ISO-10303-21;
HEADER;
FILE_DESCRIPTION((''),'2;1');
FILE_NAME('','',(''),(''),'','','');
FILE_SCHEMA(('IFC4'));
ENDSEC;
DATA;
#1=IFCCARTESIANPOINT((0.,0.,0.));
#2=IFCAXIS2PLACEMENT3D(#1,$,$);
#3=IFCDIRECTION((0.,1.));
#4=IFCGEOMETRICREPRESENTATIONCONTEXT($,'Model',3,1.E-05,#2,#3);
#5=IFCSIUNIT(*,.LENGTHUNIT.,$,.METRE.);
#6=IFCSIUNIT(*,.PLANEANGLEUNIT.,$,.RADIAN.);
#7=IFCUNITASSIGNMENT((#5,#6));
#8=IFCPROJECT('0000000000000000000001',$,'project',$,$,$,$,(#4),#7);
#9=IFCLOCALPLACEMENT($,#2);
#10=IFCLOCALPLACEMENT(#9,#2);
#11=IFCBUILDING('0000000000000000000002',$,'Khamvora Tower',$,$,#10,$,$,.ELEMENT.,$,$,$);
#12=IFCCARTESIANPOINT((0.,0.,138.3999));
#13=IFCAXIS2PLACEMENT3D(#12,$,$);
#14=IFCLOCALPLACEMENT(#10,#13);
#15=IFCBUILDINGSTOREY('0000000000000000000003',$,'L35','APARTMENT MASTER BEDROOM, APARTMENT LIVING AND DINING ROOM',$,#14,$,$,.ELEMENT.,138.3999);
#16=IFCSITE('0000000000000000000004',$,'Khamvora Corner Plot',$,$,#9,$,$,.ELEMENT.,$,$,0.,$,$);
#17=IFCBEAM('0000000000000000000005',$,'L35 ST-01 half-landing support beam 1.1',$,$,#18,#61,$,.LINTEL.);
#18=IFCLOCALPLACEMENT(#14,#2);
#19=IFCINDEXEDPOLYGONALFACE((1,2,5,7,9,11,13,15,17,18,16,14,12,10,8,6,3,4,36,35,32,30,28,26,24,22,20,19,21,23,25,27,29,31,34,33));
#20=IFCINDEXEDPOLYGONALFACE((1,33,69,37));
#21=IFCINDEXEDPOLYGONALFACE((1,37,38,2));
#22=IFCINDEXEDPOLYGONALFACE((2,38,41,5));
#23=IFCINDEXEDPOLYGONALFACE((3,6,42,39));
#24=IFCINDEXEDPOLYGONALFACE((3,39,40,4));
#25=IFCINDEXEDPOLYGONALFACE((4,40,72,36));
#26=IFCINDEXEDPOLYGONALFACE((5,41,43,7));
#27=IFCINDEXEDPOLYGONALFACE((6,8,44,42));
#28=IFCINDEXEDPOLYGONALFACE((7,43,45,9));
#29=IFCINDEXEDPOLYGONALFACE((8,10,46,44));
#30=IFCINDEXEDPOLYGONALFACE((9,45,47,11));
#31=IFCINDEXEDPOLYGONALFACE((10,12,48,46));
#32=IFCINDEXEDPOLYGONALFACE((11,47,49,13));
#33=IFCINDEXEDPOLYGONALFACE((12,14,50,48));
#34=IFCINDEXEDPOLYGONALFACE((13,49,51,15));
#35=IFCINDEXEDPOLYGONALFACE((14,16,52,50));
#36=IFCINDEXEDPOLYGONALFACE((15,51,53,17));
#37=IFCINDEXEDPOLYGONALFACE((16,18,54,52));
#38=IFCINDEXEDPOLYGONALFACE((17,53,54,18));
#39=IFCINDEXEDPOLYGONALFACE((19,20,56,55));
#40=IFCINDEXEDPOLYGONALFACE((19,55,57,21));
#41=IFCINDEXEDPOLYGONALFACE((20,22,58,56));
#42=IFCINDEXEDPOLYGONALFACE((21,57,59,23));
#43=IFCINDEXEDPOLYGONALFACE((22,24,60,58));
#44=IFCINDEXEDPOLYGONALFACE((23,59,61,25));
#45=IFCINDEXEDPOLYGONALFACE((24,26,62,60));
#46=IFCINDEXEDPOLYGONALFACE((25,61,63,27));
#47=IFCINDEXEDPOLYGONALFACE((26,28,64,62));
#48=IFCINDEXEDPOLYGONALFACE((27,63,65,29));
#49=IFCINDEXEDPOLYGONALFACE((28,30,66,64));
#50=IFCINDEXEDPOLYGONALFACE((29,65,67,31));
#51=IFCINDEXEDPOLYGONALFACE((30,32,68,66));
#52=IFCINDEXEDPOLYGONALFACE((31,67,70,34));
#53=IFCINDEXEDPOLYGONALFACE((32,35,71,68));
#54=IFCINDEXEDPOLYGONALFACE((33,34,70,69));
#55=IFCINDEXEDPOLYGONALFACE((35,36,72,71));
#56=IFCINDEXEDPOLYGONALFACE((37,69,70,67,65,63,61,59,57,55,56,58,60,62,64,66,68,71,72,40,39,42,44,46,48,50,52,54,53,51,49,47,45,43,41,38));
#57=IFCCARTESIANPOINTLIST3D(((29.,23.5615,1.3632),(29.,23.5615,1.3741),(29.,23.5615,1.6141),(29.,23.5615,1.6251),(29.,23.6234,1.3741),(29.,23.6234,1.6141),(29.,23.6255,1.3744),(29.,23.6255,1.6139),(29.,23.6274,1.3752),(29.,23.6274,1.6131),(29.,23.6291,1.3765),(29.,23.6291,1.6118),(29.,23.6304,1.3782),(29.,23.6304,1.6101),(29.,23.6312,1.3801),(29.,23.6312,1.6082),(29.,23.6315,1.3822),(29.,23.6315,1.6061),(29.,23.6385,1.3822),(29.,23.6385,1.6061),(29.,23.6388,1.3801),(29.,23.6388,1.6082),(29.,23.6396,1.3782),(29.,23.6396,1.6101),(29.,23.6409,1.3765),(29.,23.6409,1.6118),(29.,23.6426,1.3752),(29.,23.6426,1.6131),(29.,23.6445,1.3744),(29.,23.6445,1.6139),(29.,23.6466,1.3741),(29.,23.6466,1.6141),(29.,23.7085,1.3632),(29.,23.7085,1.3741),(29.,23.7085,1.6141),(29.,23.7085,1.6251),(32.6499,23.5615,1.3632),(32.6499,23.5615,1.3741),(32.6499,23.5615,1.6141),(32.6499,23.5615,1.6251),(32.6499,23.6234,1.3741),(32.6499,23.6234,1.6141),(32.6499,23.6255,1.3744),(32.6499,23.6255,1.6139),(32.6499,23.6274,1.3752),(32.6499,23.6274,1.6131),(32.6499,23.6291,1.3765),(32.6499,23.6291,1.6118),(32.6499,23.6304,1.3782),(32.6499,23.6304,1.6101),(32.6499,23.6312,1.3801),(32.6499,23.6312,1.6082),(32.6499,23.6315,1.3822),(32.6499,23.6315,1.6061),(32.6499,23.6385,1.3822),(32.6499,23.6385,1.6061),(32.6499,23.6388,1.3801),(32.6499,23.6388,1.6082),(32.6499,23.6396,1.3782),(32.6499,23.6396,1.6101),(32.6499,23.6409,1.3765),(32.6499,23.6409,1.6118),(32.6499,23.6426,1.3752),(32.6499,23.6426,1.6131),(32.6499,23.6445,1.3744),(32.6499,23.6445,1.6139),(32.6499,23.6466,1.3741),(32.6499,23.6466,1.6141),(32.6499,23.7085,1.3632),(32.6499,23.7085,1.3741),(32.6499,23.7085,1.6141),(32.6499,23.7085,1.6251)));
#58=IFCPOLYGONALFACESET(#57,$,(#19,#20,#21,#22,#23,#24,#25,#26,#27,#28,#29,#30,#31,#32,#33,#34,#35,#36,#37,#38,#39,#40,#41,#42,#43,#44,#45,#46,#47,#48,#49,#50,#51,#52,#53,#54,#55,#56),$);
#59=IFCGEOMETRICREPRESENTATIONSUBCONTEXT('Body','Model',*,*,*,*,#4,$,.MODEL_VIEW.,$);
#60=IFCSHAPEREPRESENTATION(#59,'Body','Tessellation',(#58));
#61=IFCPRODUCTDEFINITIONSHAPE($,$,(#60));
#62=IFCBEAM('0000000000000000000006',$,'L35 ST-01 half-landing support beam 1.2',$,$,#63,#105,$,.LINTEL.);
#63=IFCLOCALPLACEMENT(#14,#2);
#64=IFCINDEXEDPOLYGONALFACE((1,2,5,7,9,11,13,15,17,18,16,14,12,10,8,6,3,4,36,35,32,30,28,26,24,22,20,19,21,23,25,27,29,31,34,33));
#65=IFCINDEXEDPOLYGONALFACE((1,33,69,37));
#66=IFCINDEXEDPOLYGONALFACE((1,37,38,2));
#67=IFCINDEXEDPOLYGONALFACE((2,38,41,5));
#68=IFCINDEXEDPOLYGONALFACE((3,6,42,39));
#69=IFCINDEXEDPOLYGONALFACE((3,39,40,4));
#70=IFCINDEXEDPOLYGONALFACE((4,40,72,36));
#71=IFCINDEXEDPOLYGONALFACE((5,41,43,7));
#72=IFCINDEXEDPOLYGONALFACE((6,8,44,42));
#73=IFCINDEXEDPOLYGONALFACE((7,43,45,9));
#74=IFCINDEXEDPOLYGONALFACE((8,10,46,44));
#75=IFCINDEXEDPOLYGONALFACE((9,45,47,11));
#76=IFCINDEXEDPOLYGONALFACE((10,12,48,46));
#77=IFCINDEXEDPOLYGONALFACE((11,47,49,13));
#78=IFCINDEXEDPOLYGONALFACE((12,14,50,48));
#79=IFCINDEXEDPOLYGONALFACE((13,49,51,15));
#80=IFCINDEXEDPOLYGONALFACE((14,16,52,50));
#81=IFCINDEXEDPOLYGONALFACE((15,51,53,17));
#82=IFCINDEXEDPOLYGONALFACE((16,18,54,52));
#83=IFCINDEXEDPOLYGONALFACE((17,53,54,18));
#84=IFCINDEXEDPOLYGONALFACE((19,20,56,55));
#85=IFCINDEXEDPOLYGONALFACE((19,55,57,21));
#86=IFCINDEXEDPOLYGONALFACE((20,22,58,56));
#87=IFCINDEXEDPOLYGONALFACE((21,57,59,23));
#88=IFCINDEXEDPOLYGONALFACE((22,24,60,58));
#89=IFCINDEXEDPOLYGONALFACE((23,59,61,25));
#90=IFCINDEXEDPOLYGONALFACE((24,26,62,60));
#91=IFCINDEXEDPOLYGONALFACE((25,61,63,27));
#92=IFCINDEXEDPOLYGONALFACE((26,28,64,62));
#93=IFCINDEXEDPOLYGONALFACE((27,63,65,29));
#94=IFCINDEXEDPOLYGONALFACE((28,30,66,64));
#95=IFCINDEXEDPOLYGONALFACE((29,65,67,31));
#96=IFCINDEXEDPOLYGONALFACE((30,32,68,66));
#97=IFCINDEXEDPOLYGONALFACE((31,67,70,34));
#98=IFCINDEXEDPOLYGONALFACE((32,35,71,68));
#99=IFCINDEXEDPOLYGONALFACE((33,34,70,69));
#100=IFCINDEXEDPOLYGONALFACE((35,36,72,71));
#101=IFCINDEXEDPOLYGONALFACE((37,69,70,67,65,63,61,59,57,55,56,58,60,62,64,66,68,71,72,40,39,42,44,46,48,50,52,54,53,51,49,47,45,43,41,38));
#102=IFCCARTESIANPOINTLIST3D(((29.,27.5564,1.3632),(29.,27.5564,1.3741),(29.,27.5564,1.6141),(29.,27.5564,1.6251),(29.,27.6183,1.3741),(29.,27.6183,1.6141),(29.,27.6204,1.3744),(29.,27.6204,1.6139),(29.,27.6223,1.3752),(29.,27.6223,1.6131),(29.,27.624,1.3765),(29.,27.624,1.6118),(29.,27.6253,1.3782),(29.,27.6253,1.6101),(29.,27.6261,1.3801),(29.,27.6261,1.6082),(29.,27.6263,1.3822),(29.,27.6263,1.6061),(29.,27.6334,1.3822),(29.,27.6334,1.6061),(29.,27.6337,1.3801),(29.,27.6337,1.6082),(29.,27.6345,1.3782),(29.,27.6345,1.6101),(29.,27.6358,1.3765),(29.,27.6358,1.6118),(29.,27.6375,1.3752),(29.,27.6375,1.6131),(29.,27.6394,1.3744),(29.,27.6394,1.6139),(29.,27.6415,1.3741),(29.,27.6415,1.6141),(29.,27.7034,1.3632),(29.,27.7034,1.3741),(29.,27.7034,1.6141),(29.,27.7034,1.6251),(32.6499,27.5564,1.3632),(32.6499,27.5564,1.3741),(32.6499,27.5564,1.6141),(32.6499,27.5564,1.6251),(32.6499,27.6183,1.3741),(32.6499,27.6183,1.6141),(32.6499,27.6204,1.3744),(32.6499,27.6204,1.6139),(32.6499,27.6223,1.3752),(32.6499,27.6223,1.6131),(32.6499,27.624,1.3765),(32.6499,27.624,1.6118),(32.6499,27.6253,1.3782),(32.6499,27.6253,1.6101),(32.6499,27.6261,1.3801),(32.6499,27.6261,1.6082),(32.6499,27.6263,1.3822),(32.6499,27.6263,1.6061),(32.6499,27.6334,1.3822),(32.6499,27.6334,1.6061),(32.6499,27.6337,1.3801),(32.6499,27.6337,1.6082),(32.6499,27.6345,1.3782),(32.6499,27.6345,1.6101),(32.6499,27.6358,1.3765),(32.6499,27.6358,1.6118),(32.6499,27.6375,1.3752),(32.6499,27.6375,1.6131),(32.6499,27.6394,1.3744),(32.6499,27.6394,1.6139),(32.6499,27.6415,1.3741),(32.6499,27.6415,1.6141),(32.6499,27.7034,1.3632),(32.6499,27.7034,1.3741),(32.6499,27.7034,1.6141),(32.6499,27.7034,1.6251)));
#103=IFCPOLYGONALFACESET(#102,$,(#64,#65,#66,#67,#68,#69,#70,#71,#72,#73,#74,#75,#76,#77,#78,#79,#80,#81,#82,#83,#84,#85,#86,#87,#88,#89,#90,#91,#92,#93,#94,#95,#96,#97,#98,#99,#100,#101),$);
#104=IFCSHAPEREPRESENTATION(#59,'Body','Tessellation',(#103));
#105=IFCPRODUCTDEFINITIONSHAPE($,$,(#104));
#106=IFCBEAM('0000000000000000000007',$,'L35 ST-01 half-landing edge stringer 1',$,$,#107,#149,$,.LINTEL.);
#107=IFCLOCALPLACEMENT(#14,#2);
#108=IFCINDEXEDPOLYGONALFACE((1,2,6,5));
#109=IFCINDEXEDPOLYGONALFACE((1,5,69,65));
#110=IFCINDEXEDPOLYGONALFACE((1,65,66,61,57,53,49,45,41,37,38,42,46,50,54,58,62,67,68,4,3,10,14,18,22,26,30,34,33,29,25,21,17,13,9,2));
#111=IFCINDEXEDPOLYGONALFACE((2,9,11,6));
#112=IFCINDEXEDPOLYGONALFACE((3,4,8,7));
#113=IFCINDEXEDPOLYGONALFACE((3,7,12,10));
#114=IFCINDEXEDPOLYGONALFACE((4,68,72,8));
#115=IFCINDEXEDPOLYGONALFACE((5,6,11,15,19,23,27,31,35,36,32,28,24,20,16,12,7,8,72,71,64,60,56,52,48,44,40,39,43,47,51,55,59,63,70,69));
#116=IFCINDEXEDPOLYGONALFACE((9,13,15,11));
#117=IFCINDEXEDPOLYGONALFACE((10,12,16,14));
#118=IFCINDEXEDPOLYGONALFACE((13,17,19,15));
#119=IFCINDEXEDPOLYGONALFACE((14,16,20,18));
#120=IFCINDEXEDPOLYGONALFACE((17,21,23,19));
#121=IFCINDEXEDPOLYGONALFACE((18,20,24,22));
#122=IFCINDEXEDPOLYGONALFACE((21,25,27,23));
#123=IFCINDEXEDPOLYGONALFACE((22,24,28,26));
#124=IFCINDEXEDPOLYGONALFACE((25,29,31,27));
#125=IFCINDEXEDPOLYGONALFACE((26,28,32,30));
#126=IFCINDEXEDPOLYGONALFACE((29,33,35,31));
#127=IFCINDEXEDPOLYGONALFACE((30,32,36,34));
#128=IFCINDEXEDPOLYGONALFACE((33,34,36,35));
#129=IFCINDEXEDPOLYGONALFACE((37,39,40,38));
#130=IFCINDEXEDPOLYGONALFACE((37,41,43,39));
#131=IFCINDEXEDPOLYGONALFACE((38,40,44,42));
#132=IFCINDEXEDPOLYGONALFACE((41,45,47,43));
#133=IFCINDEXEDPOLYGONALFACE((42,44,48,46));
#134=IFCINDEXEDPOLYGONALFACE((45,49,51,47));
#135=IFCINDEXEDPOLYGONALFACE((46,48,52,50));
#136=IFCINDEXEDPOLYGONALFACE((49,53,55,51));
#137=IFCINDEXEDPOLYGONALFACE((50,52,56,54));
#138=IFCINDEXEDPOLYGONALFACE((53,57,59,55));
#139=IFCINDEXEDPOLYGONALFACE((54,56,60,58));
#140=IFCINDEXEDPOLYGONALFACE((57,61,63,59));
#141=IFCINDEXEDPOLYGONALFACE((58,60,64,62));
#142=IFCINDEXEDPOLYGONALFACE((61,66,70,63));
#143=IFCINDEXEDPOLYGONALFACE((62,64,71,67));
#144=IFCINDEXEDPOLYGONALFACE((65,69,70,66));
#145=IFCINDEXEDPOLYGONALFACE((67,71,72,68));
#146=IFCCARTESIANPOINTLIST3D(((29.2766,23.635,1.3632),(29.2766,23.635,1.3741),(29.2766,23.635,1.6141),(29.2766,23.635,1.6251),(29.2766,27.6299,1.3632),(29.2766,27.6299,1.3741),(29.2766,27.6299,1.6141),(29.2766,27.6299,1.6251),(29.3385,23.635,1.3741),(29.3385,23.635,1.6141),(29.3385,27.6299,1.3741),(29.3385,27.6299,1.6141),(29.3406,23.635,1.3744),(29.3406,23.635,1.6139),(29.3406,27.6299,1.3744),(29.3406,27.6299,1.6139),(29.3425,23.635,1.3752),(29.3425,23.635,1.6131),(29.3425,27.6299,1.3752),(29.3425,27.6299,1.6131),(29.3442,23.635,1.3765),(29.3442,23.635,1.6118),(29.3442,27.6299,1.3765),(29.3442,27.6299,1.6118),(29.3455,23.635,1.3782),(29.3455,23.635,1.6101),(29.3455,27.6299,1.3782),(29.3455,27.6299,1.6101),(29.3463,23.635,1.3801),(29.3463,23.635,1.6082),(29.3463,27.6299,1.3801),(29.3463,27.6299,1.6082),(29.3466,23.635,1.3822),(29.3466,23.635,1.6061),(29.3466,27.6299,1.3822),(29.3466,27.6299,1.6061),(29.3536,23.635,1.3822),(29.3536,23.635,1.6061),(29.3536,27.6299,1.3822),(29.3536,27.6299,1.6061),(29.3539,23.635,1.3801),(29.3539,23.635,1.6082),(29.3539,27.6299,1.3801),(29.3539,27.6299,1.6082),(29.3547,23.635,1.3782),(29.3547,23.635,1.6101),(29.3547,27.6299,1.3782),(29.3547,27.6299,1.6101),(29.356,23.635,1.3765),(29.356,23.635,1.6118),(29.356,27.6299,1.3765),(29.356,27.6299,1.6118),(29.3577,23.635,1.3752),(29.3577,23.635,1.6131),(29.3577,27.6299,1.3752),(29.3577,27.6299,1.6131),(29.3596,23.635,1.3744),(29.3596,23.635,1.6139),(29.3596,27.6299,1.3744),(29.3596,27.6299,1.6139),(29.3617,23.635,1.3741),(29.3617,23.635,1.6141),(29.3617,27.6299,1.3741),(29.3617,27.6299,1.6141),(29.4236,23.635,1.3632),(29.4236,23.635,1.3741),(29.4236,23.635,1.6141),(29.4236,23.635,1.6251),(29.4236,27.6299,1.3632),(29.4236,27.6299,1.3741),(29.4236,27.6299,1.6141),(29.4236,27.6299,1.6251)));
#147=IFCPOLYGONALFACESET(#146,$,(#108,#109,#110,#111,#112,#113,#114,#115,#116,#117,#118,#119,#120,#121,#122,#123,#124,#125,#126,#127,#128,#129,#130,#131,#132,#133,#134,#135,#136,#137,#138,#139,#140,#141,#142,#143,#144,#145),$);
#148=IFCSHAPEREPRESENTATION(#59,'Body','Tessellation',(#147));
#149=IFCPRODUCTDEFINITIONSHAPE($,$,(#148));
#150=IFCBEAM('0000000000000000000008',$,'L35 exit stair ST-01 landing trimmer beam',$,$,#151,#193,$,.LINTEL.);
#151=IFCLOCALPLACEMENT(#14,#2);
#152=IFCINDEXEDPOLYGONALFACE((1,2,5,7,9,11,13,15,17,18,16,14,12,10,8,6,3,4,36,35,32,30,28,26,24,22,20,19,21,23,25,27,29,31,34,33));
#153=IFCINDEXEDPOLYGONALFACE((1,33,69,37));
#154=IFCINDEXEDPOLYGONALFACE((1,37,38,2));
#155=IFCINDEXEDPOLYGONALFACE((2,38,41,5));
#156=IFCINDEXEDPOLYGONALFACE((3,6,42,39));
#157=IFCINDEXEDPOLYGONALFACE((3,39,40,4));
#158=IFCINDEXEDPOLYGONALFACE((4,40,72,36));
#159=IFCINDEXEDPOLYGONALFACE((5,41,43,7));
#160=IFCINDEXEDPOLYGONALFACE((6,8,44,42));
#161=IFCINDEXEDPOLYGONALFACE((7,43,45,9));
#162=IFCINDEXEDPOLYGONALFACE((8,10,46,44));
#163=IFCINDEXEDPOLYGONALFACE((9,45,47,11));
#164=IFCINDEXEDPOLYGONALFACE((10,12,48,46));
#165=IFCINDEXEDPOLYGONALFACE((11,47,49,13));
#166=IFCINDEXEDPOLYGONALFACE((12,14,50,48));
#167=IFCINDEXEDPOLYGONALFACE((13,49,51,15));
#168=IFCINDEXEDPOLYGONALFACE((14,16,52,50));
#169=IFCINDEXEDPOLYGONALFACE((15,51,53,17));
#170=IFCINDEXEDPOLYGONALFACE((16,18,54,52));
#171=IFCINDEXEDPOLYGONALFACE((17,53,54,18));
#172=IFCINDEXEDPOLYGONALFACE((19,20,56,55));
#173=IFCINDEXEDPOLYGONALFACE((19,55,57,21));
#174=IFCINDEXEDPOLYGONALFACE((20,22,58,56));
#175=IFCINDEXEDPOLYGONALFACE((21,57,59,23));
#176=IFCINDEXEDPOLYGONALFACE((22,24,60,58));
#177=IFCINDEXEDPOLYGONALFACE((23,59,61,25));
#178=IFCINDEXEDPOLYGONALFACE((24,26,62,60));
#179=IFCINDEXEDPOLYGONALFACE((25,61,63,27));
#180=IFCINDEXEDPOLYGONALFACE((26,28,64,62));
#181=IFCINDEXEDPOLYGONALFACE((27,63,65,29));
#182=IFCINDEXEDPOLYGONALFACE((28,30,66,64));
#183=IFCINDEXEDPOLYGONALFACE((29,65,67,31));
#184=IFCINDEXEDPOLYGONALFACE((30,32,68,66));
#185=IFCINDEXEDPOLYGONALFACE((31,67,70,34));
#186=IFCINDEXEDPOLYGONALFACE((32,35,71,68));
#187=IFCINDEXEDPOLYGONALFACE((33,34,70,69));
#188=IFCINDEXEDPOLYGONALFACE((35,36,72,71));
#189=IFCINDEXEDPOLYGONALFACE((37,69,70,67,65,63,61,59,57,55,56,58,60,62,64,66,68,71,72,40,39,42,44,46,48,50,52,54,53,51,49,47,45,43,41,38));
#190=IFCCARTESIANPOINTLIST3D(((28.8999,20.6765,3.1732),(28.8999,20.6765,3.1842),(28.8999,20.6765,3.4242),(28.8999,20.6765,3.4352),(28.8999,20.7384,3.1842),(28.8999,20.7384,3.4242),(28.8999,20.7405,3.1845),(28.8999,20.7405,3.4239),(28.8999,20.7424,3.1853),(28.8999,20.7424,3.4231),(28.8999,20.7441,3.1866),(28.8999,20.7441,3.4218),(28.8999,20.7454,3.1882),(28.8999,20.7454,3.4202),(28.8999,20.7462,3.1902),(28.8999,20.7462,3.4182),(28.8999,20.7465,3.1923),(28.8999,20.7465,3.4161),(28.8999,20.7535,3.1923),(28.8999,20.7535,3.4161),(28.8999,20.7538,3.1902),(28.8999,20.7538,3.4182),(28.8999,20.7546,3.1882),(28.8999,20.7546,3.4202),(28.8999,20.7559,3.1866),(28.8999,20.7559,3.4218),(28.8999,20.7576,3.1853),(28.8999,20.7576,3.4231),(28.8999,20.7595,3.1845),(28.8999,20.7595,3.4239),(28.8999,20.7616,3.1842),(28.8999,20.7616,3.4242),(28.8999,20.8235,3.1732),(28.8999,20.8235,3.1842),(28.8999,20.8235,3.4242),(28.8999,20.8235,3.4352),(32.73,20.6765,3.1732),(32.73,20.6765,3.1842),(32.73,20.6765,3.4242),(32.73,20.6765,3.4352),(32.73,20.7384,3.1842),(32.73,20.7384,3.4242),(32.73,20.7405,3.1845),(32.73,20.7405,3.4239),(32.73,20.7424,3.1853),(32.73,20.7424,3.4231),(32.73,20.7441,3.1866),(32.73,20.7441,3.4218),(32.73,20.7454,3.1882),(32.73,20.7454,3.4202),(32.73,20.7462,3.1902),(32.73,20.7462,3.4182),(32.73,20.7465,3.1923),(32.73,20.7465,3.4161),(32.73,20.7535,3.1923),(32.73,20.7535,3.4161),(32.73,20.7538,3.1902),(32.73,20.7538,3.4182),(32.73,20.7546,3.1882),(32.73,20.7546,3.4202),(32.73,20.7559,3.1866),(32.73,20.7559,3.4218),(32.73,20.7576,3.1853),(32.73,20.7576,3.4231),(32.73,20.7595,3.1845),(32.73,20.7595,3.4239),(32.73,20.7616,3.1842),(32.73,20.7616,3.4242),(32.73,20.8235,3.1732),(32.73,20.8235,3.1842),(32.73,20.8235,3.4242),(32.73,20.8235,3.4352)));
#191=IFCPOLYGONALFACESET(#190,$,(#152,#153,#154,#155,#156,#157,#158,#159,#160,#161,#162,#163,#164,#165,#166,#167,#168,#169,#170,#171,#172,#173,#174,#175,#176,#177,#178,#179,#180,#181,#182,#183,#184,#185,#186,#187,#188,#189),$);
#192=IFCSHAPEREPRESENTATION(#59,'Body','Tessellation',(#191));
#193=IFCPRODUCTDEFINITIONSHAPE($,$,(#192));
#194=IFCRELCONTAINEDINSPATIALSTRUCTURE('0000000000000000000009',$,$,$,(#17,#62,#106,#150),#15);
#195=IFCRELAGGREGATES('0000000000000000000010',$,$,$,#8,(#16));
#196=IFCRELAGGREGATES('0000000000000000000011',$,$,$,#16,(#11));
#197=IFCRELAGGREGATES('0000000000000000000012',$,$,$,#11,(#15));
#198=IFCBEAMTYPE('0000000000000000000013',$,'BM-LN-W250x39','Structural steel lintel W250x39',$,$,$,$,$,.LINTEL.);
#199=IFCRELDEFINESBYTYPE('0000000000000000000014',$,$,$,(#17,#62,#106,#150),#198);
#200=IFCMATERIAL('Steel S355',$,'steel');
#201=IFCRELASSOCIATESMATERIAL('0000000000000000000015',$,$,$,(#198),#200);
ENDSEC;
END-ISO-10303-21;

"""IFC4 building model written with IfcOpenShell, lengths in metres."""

from ifc_helpers import new_model, si_unit, direction, frame, origin, origin_2d, place, context, subcontext, project, spatial, i_section, extrude, material, material_profile, profile_set, type_object, element, save


model = new_model("IFC4")

# Units and contexts
model_context = context("Model", 3, precision=1e-05, world=origin(), true_north=direction((0.0, 1.0)))
body_context = subcontext(model_context, "Body", "Model", "MODEL_VIEW")
ifc_project = project(units=[si_unit("LENGTHUNIT", "METRE"), si_unit("PLANEANGLEUNIT", "RADIAN")], contexts=[model_context])

# Site, building, storey
site_placement = place(None, origin())
site = spatial("IfcSite", under=ifc_project, at=site_placement, Name="Khamvora Corner Plot", CompositionType="ELEMENT", RefElevation=0.0)
building_placement = place(site_placement, origin())
building = spatial("IfcBuilding", under=site, at=building_placement, Name="Khamvora Tower", CompositionType="ELEMENT")
storey_placement = place(building_placement, frame((0.0, 0.0, 138.3999)))
storey = spatial("IfcBuildingStorey", under=building, at=storey_placement, Name="L35", Description="APARTMENT MASTER BEDROOM, APARTMENT LIVING AND DINING ROOM", CompositionType="ELEMENT", Elevation=138.3999)

# Beams
ifc_material_1 = material(Name="Steel S355", Category="steel")
ifc_material_profile_1 = material_profile(ifc_material_1, i_section(OverallWidth=0.147, OverallDepth=0.262, WebThickness=0.0071, FlangeThickness=0.011, FilletRadius=0.0081, at=origin_2d()), Name="W250x39")
ifc_profile_set_1 = profile_set([ifc_material_profile_1], Name="Steel S355")
beam_type_1 = type_object("IfcBeamType", Name="BM-LN-W250x39", Description="Structural steel lintel W250x39", PredefinedType="LINTEL", material=ifc_profile_set_1)
for number, where, z_axis, x_axis, name in (
    (1, (29.0, 23.635, 1.4941), (1.0, 0.0, 0.0), (0.0, 1.0, 0.0), "L35 ST-01 half-landing support beam 1.1"),
    (2, (29.0, 27.6299, 1.4941), (1.0, 0.0, 0.0), (0.0, 1.0, 0.0), "L35 ST-01 half-landing support beam 1.2"),
):
    element("IfcBeam", number, at=place(storey_placement, frame(where, z_axis=z_axis, x_axis=x_axis)), inside=storey, type_object=beam_type_1, Name=name, PredefinedType="LINTEL", context=body_context, shape_type="SweptSolid", body=[
        extrude(i_section(OverallWidth=0.147, OverallDepth=0.262, WebThickness=0.0071, FlangeThickness=0.011, FilletRadius=0.0081, at=origin_2d()), origin(), (0.0, 0.0, 1.0), 3.6499),
    ])
beam_1_placement = place(storey_placement, frame((29.3501, 23.635, 1.4941), z_axis=(0.0, 1.0, 0.0), x_axis=(-1.0, 0.0, 0.0)))
element("IfcBeam", 3, at=beam_1_placement, inside=storey, type_object=beam_type_1, Name="L35 ST-01 half-landing edge stringer 1", PredefinedType="LINTEL", context=body_context, shape_type="SweptSolid", body=[
    extrude(i_section(OverallWidth=0.147, OverallDepth=0.262, WebThickness=0.0071, FlangeThickness=0.011, FilletRadius=0.0081, at=origin_2d()), origin(), (0.0, 0.0, 1.0), 3.9949),
])
beam_2_placement = place(storey_placement, frame((28.8999, 20.75, 3.3042), z_axis=(1.0, 0.0, 0.0), x_axis=(0.0, 1.0, 0.0)))
element("IfcBeam", 4, at=beam_2_placement, inside=storey, type_object=beam_type_1, Name="L35 exit stair ST-01 landing trimmer beam", PredefinedType="LINTEL", context=body_context, shape_type="SweptSolid", body=[
    extrude(i_section(OverallWidth=0.147, OverallDepth=0.262, WebThickness=0.0071, FlangeThickness=0.011, FilletRadius=0.0081, at=origin_2d()), origin(), (0.0, 0.0, 1.0), 3.8301),
])

save(model, "model.ifc")
